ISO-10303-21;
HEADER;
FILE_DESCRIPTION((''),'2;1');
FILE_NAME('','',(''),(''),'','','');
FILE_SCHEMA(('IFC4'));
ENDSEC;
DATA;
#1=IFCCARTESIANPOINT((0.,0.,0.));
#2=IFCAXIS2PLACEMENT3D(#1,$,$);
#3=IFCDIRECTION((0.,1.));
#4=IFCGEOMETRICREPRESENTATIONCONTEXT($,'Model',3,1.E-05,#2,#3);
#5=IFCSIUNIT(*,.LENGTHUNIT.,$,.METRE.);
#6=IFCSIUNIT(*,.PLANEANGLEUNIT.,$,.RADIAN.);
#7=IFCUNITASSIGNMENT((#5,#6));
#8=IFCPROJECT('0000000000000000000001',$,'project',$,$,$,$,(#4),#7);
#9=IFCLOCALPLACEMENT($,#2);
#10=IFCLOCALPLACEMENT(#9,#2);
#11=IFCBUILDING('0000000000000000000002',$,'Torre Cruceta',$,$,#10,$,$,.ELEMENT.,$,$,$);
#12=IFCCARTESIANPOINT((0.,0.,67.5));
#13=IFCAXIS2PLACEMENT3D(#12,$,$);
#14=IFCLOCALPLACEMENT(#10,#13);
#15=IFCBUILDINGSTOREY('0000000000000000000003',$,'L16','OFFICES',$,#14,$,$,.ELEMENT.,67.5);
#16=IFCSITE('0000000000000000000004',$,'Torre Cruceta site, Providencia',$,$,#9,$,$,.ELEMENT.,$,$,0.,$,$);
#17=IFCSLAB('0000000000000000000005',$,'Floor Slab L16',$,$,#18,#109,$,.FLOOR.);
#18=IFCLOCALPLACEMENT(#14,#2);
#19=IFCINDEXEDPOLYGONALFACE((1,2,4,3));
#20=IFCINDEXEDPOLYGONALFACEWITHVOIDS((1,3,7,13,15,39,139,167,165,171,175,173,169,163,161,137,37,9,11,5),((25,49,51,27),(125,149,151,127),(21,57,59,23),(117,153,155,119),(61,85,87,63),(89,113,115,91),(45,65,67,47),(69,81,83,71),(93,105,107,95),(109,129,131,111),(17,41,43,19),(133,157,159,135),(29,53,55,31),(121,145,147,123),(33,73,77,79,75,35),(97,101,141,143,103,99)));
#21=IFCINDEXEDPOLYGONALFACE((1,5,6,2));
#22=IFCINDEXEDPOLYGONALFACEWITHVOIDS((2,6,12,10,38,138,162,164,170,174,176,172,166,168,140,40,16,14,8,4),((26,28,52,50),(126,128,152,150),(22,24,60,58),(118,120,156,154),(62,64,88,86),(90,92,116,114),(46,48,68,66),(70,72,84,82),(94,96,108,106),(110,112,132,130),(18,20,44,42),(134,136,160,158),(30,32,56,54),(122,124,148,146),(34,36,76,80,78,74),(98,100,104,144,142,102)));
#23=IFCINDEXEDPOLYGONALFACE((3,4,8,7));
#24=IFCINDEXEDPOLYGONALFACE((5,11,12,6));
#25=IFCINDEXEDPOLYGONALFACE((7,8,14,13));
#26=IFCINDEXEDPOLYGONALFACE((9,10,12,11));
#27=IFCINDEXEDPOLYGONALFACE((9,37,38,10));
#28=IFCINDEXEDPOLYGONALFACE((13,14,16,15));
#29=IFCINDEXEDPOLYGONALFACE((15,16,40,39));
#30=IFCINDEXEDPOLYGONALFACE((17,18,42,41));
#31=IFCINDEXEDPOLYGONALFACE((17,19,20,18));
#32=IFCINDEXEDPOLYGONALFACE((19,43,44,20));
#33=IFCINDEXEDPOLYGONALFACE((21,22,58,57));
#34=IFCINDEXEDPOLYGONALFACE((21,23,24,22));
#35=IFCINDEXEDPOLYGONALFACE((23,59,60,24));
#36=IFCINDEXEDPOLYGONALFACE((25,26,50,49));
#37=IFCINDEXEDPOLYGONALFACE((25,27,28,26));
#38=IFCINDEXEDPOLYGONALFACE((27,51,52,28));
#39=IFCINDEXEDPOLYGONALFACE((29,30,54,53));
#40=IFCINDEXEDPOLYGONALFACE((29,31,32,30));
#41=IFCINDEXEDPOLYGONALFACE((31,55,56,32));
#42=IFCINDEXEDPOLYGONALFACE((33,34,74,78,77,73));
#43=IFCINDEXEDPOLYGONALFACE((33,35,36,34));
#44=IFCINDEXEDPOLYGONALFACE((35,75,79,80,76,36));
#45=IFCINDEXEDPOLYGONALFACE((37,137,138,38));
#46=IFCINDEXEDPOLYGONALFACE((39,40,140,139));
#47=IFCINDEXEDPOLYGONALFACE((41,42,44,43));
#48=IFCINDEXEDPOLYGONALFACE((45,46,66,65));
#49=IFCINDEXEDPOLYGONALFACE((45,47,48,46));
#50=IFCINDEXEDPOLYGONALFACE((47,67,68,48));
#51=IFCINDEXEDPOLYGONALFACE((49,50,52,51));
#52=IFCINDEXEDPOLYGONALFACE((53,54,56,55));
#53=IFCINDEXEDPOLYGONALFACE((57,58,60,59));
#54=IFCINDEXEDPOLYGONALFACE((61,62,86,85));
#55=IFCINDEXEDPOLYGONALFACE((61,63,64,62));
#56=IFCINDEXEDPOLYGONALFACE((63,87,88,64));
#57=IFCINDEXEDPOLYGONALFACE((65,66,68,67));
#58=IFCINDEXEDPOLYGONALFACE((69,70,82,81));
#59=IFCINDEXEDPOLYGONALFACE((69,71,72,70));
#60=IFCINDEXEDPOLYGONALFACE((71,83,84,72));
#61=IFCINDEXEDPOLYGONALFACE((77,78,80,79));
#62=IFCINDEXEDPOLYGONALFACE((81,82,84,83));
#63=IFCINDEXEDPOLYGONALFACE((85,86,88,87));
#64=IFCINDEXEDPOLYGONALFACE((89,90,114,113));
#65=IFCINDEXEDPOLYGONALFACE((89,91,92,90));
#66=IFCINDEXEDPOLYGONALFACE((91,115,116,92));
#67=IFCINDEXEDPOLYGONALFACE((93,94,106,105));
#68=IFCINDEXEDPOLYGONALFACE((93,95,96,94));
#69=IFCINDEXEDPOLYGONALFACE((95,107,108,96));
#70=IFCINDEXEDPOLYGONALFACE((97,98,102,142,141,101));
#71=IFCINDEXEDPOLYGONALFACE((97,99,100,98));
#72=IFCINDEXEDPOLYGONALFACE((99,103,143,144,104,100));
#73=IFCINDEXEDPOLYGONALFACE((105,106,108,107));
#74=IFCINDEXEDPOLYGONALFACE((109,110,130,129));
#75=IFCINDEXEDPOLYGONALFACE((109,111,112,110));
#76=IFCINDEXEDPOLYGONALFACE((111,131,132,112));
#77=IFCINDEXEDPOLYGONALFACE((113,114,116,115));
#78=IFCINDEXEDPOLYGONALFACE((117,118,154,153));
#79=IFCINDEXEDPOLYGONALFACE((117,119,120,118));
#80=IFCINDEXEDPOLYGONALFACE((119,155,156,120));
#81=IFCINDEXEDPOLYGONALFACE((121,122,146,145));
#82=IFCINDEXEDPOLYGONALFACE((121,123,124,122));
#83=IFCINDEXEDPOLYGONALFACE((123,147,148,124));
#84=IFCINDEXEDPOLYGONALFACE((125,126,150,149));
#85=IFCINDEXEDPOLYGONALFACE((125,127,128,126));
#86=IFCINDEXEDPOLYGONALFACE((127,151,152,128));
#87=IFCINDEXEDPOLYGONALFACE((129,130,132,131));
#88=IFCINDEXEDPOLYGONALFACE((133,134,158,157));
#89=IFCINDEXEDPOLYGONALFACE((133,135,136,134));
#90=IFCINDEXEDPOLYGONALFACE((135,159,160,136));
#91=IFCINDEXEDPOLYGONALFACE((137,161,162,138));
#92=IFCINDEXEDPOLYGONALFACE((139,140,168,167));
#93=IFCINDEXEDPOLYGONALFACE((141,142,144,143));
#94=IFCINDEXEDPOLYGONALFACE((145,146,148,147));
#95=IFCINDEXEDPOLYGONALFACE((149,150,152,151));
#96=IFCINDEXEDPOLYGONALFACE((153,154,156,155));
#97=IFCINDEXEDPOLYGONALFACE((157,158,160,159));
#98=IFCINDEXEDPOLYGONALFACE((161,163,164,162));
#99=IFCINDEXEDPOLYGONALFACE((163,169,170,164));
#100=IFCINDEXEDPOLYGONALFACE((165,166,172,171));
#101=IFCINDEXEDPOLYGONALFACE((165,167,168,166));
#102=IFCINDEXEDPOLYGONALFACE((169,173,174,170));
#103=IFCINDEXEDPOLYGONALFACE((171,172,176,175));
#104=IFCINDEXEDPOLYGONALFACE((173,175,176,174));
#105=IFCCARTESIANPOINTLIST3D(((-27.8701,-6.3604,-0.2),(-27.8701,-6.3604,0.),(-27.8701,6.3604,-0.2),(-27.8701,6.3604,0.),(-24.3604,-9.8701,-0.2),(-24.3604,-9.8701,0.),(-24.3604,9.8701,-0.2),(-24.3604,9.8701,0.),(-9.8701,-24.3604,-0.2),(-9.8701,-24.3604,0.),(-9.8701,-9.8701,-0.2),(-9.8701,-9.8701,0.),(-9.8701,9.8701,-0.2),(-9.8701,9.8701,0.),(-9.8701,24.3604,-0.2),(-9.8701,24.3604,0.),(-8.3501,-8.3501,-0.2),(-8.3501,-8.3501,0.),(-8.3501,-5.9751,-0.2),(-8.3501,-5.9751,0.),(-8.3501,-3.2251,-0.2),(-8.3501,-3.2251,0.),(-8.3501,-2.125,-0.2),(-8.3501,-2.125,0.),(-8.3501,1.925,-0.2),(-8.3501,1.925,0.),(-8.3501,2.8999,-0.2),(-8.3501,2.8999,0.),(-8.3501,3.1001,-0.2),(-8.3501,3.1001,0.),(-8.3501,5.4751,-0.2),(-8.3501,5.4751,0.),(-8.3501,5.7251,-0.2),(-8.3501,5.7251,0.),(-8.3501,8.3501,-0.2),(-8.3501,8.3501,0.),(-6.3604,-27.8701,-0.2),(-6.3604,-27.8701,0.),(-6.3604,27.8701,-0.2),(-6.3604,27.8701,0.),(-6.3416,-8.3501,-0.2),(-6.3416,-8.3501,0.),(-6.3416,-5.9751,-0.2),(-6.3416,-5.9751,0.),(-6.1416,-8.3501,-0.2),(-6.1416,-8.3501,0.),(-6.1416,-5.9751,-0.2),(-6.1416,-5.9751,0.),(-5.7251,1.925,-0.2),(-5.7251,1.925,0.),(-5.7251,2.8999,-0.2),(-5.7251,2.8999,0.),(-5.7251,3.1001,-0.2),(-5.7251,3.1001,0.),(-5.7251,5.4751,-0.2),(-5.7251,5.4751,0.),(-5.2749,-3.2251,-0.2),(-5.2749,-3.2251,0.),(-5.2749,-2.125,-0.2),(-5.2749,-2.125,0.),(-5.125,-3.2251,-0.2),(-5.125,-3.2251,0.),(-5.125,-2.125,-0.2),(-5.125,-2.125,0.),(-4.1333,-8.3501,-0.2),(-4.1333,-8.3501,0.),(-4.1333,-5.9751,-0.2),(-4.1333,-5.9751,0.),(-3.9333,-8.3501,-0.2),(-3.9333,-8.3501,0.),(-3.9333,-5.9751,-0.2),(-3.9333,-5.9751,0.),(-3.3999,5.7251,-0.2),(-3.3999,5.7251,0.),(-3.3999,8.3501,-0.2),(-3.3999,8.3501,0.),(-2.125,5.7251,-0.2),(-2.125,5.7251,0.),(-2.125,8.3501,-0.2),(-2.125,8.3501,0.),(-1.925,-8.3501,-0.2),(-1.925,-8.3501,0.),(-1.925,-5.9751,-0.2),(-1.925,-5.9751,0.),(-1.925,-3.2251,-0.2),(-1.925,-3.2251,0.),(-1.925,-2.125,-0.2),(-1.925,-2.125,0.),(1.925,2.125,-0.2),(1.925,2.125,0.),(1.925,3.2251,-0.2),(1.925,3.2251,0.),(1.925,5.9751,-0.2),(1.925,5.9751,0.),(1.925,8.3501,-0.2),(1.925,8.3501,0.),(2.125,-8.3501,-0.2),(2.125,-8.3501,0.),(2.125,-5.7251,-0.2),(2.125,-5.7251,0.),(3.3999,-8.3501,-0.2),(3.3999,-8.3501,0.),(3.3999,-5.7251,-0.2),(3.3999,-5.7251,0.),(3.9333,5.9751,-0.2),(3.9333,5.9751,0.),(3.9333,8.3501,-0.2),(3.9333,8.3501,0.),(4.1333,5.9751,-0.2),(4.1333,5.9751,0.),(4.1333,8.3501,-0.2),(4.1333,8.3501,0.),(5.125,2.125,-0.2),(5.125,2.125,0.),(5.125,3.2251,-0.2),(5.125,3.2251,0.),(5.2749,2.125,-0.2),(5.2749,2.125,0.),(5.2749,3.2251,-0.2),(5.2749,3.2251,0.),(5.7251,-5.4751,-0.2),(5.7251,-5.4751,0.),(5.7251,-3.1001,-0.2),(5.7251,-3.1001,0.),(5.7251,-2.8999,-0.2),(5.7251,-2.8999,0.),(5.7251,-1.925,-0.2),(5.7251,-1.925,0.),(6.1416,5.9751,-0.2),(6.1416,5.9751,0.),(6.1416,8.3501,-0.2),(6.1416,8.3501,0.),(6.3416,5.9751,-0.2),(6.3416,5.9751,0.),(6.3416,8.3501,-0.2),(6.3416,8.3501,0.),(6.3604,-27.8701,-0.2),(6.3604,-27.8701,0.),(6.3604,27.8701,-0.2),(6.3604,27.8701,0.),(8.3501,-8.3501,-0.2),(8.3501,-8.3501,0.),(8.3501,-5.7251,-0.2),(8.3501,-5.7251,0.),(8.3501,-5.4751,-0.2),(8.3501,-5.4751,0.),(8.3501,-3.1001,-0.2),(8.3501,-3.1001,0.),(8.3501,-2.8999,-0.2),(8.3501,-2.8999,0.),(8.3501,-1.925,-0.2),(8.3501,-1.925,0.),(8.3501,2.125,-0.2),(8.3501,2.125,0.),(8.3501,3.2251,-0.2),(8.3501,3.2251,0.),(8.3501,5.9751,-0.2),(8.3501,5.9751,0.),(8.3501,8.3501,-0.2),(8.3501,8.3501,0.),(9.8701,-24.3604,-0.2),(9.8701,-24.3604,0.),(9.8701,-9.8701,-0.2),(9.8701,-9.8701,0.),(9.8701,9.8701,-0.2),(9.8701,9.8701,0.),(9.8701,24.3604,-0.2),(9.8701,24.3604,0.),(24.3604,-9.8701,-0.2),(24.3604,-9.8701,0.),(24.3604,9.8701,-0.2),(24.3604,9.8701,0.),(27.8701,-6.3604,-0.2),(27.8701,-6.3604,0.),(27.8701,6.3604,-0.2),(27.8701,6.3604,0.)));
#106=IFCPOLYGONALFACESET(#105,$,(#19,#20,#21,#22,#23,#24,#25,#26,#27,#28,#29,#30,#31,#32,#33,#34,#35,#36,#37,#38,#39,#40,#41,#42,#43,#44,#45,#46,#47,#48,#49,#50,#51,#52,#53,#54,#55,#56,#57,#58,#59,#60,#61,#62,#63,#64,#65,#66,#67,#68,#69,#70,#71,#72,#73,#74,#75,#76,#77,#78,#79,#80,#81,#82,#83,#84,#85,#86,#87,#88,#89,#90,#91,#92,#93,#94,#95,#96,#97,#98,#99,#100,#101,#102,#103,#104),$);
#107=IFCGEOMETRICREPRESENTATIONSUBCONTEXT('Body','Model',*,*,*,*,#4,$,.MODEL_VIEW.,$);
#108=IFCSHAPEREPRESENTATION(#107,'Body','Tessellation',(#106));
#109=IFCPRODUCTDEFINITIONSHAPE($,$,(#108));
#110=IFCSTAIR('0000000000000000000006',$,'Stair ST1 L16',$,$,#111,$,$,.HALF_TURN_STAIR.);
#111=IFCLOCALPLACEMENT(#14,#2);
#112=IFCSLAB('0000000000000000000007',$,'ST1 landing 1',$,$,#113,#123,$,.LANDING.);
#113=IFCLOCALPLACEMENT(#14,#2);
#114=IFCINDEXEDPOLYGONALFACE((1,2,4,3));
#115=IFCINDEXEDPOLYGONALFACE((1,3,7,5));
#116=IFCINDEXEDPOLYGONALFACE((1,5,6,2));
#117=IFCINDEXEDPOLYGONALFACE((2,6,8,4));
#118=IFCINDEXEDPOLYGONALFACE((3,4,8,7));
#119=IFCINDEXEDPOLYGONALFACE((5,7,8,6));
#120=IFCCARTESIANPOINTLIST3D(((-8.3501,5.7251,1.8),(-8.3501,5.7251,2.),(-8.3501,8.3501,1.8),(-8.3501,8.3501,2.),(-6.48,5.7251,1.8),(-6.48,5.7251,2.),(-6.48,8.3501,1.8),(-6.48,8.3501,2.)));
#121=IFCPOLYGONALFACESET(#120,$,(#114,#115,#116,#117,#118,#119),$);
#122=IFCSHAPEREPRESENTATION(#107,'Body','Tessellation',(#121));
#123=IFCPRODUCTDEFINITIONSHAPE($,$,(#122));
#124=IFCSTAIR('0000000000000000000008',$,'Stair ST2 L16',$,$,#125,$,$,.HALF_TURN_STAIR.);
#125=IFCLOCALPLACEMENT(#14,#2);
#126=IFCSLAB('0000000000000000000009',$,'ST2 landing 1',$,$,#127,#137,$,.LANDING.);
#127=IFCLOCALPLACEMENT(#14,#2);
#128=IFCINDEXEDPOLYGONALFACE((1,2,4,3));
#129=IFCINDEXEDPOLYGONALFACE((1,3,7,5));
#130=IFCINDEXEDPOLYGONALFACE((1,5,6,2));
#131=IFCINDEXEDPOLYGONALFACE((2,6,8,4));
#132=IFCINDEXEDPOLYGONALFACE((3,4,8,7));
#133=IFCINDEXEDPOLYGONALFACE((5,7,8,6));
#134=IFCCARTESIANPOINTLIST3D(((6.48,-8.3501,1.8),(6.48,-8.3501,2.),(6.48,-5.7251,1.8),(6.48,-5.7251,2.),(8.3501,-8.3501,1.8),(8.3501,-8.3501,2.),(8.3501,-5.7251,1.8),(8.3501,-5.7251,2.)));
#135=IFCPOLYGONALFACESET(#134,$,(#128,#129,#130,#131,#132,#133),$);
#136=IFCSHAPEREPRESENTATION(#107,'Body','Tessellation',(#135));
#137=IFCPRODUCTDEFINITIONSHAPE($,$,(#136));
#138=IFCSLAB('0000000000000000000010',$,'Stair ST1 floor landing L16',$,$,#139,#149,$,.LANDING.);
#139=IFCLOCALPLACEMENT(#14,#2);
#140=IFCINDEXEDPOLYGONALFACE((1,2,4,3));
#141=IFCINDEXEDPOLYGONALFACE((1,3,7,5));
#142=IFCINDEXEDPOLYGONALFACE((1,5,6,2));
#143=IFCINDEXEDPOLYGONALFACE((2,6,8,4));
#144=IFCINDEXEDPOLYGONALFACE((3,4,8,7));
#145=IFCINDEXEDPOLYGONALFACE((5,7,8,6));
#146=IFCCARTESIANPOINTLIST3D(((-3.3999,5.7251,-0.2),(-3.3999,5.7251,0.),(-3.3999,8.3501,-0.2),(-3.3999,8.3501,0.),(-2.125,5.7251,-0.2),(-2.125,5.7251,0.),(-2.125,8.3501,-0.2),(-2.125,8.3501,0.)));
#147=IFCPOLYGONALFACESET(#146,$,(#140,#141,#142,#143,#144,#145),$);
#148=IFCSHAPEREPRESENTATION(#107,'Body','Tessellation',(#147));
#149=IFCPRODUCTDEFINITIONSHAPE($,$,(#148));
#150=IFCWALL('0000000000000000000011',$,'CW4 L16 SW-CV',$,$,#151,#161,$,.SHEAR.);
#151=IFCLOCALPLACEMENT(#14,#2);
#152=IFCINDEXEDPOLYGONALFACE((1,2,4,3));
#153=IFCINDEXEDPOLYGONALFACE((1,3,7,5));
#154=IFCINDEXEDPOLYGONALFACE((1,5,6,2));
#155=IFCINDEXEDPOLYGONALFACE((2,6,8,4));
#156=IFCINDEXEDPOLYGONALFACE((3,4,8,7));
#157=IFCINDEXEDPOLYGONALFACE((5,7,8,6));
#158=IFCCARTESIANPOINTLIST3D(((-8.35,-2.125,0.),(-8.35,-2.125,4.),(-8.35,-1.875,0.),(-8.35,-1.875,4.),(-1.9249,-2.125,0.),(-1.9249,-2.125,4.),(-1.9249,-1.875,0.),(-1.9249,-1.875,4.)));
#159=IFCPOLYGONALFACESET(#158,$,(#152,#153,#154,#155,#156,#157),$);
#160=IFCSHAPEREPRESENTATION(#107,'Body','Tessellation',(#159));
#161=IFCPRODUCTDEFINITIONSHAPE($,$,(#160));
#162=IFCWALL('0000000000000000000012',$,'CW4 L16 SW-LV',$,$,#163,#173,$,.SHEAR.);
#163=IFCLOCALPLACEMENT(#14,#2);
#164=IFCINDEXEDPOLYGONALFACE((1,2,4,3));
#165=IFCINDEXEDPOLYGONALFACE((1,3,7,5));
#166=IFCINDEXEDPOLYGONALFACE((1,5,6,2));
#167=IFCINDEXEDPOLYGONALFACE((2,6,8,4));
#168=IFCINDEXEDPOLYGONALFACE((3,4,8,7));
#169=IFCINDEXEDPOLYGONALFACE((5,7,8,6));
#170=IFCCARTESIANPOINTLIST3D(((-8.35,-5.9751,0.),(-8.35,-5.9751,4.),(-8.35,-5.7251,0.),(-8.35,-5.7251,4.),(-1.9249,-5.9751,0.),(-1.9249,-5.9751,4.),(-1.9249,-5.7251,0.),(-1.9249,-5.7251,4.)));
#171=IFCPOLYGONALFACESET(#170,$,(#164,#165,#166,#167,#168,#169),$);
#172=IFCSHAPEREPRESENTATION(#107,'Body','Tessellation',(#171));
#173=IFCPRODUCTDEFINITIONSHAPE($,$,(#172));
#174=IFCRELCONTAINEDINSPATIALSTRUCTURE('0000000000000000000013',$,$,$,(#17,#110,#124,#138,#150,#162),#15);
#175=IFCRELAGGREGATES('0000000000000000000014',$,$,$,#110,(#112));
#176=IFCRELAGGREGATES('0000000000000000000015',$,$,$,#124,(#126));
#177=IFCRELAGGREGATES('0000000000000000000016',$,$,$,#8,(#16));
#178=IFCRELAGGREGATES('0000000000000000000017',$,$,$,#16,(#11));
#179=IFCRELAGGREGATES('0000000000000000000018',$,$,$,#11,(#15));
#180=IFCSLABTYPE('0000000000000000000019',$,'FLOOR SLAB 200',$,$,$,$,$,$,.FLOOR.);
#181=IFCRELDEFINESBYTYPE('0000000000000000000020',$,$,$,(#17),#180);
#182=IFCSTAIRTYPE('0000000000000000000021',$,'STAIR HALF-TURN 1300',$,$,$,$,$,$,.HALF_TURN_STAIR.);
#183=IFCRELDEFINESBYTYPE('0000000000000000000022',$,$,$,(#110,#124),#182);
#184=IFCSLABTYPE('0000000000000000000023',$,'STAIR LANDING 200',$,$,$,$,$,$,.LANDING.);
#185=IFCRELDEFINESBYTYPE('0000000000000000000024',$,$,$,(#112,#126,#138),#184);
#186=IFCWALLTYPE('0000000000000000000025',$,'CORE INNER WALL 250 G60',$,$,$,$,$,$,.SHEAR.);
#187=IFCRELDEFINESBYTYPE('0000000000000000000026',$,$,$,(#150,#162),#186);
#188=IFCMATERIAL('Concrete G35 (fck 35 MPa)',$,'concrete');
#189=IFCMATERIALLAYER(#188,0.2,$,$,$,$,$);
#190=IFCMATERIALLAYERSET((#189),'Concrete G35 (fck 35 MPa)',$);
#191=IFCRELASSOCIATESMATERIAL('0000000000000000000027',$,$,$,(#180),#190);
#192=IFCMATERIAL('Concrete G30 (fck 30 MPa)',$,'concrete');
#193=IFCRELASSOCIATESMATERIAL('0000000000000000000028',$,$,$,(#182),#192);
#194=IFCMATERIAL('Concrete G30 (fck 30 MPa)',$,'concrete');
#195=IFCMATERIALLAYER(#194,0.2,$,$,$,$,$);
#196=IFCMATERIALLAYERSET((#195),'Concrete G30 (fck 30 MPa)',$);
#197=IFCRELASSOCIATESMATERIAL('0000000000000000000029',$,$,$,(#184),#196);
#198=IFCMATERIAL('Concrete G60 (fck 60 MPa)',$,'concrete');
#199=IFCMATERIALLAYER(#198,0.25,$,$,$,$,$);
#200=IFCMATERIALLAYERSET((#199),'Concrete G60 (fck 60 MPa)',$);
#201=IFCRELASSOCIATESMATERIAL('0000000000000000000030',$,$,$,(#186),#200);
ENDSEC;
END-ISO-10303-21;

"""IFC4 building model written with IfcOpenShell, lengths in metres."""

from ifc_helpers import new_model, si_unit, direction, frame, frame_2d, origin, place, context, subcontext, project, spatial, polyline, rectangle, outline, extrude, material, layer, layer_set, type_object, element, aggregate, save


model = new_model("IFC4")

# Units and contexts
model_context = context("Model", 3, precision=1e-05, world=origin(), true_north=direction((0.0, 1.0)))
body_context = subcontext(model_context, "Body", "Model", "MODEL_VIEW")
ifc_project = project(units=[si_unit("LENGTHUNIT", "METRE"), si_unit("PLANEANGLEUNIT", "RADIAN")], contexts=[model_context])

# Site, building, storey
site_placement = place(None, origin())
site = spatial("IfcSite", under=ifc_project, at=site_placement, Name="Torre Cruceta site, Providencia", CompositionType="ELEMENT", RefElevation=0.0)
building_placement = place(site_placement, origin())
building = spatial("IfcBuilding", under=site, at=building_placement, Name="Torre Cruceta", CompositionType="ELEMENT")
storey_placement = place(building_placement, frame((0.0, 0.0, 67.5)))
storey = spatial("IfcBuildingStorey", under=building, at=storey_placement, Name="L16", Description="OFFICES", CompositionType="ELEMENT", Elevation=67.5)

# Slab
ifc_material_1 = material(Name="Concrete G35 (fck 35 MPa)", Category="concrete")
ifc_layer_1 = layer(ifc_material_1, 0.2)
ifc_layer_set_1 = layer_set([ifc_layer_1], Name="Concrete G35 (fck 35 MPa)")
slab_type_1 = type_object("IfcSlabType", Name="FLOOR SLAB 200", PredefinedType="FLOOR", material=ifc_layer_set_1)
slab_1_placement = place(storey_placement, frame((0.0, 0.0, -0.2)))
element("IfcSlab", 1, at=slab_1_placement, inside=storey, type_object=slab_type_1, Name="Floor Slab L16", PredefinedType="FLOOR", context=body_context, shape_type="SweptSolid", body=[
    extrude(outline(polyline([(9.8701, -9.8701), (9.8701, -24.3604), (6.3604, -27.8701), (-6.3604, -27.8701), (-9.8701, -24.3604), (-9.8701, -9.8701), (-24.3604, -9.8701), (-27.8701, -6.3604), (-27.8701, 6.3604), (-24.3604, 9.8701), (-9.8701, 9.8701), (-9.8701, 24.3604), (-6.3604, 27.8701), (6.3604, 27.8701), (9.8701, 24.3604), (9.8701, 9.8701), (24.3604, 9.8701), (27.8701, 6.3604), (27.8701, -6.3604), (24.3604, -9.8701), (9.8701, -9.8701)]), holes=[polyline([(1.925, 5.9751), (3.9333, 5.9751), (3.9333, 8.3501), (1.925, 8.3501), (1.925, 5.9751)]), polyline([(4.1333, 5.9751), (6.1416, 5.9751), (6.1416, 8.3501), (4.1333, 8.3501), (4.1333, 5.9751)]), polyline([(6.3416, 5.9751), (8.3501, 5.9751), (8.3501, 8.3501), (6.3416, 8.3501), (6.3416, 5.9751)]), polyline([(1.925, 2.125), (5.125, 2.125), (5.125, 3.2251), (1.925, 3.2251), (1.925, 2.125)]), polyline([(5.2749, 2.125), (8.3501, 2.125), (8.3501, 3.2251), (5.2749, 3.2251), (5.2749, 2.125)]), polyline([(-8.3501, 3.1001), (-5.7251, 3.1001), (-5.7251, 5.4751), (-8.3501, 5.4751), (-8.3501, 3.1001)]), polyline([(-8.3501, 1.925), (-5.7251, 1.925), (-5.7251, 2.8999), (-8.3501, 2.8999), (-8.3501, 1.925)]), polyline([(-3.9333, -8.3501), (-1.925, -8.3501), (-1.925, -5.9751), (-3.9333, -5.9751), (-3.9333, -8.3501)]), polyline([(-6.1416, -8.3501), (-4.1333, -8.3501), (-4.1333, -5.9751), (-6.1416, -5.9751), (-6.1416, -8.3501)]), polyline([(-8.3501, -8.3501), (-6.3416, -8.3501), (-6.3416, -5.9751), (-8.3501, -5.9751), (-8.3501, -8.3501)]), polyline([(-5.125, -3.2251), (-1.925, -3.2251), (-1.925, -2.125), (-5.125, -2.125), (-5.125, -3.2251)]), polyline([(-8.3501, -3.2251), (-5.2749, -3.2251), (-5.2749, -2.125), (-8.3501, -2.125), (-8.3501, -3.2251)]), polyline([(5.7251, -5.4751), (8.3501, -5.4751), (8.3501, -3.1001), (5.7251, -3.1001), (5.7251, -5.4751)]), polyline([(5.7251, -2.8999), (8.3501, -2.8999), (8.3501, -1.925), (5.7251, -1.925), (5.7251, -2.8999)]), polyline([(-8.3501, 5.7251), (-8.3501, 8.3501), (-3.3999, 8.3501), (-2.125, 8.3501), (-2.125, 5.7251), (-3.3999, 5.7251), (-8.3501, 5.7251)]), polyline([(2.125, -5.7251), (3.3999, -5.7251), (8.3501, -5.7251), (8.3501, -8.3501), (3.3999, -8.3501), (2.125, -8.3501), (2.125, -5.7251)])]), origin(), (0.0, 0.0, 1.0), 0.2),
])

# Stairs, slabs
ifc_material_2 = material(Name="Concrete G30 (fck 30 MPa)", Category="concrete")
stair_type = type_object("IfcStairType", Name="STAIR HALF-TURN 1300", PredefinedType="HALF_TURN_STAIR", material=ifc_material_2)
stair_1_placement = place(storey_placement, origin())
stair_1 = element("IfcStair", 2, at=stair_1_placement, inside=storey, type_object=stair_type, Name="Stair ST1 L16", PredefinedType="HALF_TURN_STAIR")
ifc_material_3 = material(Name="Concrete G30 (fck 30 MPa)", Category="concrete")
ifc_layer_2 = layer(ifc_material_3, 0.2)
ifc_layer_set_2 = layer_set([ifc_layer_2], Name="Concrete G30 (fck 30 MPa)")
slab_type_2 = type_object("IfcSlabType", Name="STAIR LANDING 200", PredefinedType="LANDING", material=ifc_layer_set_2)
slab_2_placement = place(storey_placement, frame((0.0, 0.0, 1.8)))
slab_2 = element("IfcSlab", 3, at=slab_2_placement, type_object=slab_type_2, Name="ST1 landing 1", PredefinedType="LANDING", context=body_context, shape_type="SweptSolid", body=[
    extrude(outline(polyline([(-8.3501, 5.7251), (-6.48, 5.7251), (-6.48, 8.3501), (-8.3501, 8.3501), (-8.3501, 5.7251)])), origin(), (0.0, 0.0, 1.0), 0.2),
])
aggregate(stair_1, [slab_2])
stair_2_placement = place(storey_placement, origin())
stair_2 = element("IfcStair", 4, at=stair_2_placement, inside=storey, type_object=stair_type, Name="Stair ST2 L16", PredefinedType="HALF_TURN_STAIR")
slab_3_placement = place(storey_placement, frame((0.0, 0.0, 1.8)))
slab_3 = element("IfcSlab", 5, at=slab_3_placement, type_object=slab_type_2, Name="ST2 landing 1", PredefinedType="LANDING", context=body_context, shape_type="SweptSolid", body=[
    extrude(outline(polyline([(6.48, -8.3501), (8.3501, -8.3501), (8.3501, -5.7251), (6.48, -5.7251), (6.48, -8.3501)])), origin(), (0.0, 0.0, 1.0), 0.2),
])
aggregate(stair_2, [slab_3])

# Slab
slab_4_placement = place(storey_placement, frame((0.0, 0.0, -0.2)))
element("IfcSlab", 6, at=slab_4_placement, inside=storey, type_object=slab_type_2, Name="Stair ST1 floor landing L16", PredefinedType="LANDING", context=body_context, shape_type="SweptSolid", body=[
    extrude(outline(polyline([(-2.125, 8.3501), (-2.125, 5.7251), (-3.3999, 5.7251), (-3.3999, 8.3501), (-2.125, 8.3501)])), origin(), (0.0, 0.0, 1.0), 0.2),
])

# Shared definitions
ifc_material_4 = material(Name="Concrete G60 (fck 60 MPa)", Category="concrete")
ifc_layer_3 = layer(ifc_material_4, 0.25)
ifc_layer_set_3 = layer_set([ifc_layer_3], Name="Concrete G60 (fck 60 MPa)")
wall_type_1 = type_object("IfcWallType", Name="CORE INNER WALL 250 G60", PredefinedType="SHEAR", material=ifc_layer_set_3)

# Walls
for number, where, z_axis, x_axis, name in (
    (7, (-1.925, -2.0, 0.0), (0.0, 0.0, 1.0), (-1.0, 0.0, 0.0), "CW4 L16 SW-CV"),
    (8, (-1.925, -5.8501, 0.0), (0.0, 0.0, 1.0), (-1.0, 0.0, 0.0), "CW4 L16 SW-LV"),
):
    element("IfcWall", number, at=place(storey_placement, frame(where, z_axis=z_axis, x_axis=x_axis)), inside=storey, type_object=wall_type_1, Name=name, PredefinedType="SHEAR", context=body_context, shape_type="SweptSolid", body=[
        extrude(rectangle(XDim=6.425, YDim=0.25, at=frame_2d((3.2124, 0.0))), origin(), (0.0, 0.0, 1.0), 4.0),
    ])

save(model, "model.ifc")
